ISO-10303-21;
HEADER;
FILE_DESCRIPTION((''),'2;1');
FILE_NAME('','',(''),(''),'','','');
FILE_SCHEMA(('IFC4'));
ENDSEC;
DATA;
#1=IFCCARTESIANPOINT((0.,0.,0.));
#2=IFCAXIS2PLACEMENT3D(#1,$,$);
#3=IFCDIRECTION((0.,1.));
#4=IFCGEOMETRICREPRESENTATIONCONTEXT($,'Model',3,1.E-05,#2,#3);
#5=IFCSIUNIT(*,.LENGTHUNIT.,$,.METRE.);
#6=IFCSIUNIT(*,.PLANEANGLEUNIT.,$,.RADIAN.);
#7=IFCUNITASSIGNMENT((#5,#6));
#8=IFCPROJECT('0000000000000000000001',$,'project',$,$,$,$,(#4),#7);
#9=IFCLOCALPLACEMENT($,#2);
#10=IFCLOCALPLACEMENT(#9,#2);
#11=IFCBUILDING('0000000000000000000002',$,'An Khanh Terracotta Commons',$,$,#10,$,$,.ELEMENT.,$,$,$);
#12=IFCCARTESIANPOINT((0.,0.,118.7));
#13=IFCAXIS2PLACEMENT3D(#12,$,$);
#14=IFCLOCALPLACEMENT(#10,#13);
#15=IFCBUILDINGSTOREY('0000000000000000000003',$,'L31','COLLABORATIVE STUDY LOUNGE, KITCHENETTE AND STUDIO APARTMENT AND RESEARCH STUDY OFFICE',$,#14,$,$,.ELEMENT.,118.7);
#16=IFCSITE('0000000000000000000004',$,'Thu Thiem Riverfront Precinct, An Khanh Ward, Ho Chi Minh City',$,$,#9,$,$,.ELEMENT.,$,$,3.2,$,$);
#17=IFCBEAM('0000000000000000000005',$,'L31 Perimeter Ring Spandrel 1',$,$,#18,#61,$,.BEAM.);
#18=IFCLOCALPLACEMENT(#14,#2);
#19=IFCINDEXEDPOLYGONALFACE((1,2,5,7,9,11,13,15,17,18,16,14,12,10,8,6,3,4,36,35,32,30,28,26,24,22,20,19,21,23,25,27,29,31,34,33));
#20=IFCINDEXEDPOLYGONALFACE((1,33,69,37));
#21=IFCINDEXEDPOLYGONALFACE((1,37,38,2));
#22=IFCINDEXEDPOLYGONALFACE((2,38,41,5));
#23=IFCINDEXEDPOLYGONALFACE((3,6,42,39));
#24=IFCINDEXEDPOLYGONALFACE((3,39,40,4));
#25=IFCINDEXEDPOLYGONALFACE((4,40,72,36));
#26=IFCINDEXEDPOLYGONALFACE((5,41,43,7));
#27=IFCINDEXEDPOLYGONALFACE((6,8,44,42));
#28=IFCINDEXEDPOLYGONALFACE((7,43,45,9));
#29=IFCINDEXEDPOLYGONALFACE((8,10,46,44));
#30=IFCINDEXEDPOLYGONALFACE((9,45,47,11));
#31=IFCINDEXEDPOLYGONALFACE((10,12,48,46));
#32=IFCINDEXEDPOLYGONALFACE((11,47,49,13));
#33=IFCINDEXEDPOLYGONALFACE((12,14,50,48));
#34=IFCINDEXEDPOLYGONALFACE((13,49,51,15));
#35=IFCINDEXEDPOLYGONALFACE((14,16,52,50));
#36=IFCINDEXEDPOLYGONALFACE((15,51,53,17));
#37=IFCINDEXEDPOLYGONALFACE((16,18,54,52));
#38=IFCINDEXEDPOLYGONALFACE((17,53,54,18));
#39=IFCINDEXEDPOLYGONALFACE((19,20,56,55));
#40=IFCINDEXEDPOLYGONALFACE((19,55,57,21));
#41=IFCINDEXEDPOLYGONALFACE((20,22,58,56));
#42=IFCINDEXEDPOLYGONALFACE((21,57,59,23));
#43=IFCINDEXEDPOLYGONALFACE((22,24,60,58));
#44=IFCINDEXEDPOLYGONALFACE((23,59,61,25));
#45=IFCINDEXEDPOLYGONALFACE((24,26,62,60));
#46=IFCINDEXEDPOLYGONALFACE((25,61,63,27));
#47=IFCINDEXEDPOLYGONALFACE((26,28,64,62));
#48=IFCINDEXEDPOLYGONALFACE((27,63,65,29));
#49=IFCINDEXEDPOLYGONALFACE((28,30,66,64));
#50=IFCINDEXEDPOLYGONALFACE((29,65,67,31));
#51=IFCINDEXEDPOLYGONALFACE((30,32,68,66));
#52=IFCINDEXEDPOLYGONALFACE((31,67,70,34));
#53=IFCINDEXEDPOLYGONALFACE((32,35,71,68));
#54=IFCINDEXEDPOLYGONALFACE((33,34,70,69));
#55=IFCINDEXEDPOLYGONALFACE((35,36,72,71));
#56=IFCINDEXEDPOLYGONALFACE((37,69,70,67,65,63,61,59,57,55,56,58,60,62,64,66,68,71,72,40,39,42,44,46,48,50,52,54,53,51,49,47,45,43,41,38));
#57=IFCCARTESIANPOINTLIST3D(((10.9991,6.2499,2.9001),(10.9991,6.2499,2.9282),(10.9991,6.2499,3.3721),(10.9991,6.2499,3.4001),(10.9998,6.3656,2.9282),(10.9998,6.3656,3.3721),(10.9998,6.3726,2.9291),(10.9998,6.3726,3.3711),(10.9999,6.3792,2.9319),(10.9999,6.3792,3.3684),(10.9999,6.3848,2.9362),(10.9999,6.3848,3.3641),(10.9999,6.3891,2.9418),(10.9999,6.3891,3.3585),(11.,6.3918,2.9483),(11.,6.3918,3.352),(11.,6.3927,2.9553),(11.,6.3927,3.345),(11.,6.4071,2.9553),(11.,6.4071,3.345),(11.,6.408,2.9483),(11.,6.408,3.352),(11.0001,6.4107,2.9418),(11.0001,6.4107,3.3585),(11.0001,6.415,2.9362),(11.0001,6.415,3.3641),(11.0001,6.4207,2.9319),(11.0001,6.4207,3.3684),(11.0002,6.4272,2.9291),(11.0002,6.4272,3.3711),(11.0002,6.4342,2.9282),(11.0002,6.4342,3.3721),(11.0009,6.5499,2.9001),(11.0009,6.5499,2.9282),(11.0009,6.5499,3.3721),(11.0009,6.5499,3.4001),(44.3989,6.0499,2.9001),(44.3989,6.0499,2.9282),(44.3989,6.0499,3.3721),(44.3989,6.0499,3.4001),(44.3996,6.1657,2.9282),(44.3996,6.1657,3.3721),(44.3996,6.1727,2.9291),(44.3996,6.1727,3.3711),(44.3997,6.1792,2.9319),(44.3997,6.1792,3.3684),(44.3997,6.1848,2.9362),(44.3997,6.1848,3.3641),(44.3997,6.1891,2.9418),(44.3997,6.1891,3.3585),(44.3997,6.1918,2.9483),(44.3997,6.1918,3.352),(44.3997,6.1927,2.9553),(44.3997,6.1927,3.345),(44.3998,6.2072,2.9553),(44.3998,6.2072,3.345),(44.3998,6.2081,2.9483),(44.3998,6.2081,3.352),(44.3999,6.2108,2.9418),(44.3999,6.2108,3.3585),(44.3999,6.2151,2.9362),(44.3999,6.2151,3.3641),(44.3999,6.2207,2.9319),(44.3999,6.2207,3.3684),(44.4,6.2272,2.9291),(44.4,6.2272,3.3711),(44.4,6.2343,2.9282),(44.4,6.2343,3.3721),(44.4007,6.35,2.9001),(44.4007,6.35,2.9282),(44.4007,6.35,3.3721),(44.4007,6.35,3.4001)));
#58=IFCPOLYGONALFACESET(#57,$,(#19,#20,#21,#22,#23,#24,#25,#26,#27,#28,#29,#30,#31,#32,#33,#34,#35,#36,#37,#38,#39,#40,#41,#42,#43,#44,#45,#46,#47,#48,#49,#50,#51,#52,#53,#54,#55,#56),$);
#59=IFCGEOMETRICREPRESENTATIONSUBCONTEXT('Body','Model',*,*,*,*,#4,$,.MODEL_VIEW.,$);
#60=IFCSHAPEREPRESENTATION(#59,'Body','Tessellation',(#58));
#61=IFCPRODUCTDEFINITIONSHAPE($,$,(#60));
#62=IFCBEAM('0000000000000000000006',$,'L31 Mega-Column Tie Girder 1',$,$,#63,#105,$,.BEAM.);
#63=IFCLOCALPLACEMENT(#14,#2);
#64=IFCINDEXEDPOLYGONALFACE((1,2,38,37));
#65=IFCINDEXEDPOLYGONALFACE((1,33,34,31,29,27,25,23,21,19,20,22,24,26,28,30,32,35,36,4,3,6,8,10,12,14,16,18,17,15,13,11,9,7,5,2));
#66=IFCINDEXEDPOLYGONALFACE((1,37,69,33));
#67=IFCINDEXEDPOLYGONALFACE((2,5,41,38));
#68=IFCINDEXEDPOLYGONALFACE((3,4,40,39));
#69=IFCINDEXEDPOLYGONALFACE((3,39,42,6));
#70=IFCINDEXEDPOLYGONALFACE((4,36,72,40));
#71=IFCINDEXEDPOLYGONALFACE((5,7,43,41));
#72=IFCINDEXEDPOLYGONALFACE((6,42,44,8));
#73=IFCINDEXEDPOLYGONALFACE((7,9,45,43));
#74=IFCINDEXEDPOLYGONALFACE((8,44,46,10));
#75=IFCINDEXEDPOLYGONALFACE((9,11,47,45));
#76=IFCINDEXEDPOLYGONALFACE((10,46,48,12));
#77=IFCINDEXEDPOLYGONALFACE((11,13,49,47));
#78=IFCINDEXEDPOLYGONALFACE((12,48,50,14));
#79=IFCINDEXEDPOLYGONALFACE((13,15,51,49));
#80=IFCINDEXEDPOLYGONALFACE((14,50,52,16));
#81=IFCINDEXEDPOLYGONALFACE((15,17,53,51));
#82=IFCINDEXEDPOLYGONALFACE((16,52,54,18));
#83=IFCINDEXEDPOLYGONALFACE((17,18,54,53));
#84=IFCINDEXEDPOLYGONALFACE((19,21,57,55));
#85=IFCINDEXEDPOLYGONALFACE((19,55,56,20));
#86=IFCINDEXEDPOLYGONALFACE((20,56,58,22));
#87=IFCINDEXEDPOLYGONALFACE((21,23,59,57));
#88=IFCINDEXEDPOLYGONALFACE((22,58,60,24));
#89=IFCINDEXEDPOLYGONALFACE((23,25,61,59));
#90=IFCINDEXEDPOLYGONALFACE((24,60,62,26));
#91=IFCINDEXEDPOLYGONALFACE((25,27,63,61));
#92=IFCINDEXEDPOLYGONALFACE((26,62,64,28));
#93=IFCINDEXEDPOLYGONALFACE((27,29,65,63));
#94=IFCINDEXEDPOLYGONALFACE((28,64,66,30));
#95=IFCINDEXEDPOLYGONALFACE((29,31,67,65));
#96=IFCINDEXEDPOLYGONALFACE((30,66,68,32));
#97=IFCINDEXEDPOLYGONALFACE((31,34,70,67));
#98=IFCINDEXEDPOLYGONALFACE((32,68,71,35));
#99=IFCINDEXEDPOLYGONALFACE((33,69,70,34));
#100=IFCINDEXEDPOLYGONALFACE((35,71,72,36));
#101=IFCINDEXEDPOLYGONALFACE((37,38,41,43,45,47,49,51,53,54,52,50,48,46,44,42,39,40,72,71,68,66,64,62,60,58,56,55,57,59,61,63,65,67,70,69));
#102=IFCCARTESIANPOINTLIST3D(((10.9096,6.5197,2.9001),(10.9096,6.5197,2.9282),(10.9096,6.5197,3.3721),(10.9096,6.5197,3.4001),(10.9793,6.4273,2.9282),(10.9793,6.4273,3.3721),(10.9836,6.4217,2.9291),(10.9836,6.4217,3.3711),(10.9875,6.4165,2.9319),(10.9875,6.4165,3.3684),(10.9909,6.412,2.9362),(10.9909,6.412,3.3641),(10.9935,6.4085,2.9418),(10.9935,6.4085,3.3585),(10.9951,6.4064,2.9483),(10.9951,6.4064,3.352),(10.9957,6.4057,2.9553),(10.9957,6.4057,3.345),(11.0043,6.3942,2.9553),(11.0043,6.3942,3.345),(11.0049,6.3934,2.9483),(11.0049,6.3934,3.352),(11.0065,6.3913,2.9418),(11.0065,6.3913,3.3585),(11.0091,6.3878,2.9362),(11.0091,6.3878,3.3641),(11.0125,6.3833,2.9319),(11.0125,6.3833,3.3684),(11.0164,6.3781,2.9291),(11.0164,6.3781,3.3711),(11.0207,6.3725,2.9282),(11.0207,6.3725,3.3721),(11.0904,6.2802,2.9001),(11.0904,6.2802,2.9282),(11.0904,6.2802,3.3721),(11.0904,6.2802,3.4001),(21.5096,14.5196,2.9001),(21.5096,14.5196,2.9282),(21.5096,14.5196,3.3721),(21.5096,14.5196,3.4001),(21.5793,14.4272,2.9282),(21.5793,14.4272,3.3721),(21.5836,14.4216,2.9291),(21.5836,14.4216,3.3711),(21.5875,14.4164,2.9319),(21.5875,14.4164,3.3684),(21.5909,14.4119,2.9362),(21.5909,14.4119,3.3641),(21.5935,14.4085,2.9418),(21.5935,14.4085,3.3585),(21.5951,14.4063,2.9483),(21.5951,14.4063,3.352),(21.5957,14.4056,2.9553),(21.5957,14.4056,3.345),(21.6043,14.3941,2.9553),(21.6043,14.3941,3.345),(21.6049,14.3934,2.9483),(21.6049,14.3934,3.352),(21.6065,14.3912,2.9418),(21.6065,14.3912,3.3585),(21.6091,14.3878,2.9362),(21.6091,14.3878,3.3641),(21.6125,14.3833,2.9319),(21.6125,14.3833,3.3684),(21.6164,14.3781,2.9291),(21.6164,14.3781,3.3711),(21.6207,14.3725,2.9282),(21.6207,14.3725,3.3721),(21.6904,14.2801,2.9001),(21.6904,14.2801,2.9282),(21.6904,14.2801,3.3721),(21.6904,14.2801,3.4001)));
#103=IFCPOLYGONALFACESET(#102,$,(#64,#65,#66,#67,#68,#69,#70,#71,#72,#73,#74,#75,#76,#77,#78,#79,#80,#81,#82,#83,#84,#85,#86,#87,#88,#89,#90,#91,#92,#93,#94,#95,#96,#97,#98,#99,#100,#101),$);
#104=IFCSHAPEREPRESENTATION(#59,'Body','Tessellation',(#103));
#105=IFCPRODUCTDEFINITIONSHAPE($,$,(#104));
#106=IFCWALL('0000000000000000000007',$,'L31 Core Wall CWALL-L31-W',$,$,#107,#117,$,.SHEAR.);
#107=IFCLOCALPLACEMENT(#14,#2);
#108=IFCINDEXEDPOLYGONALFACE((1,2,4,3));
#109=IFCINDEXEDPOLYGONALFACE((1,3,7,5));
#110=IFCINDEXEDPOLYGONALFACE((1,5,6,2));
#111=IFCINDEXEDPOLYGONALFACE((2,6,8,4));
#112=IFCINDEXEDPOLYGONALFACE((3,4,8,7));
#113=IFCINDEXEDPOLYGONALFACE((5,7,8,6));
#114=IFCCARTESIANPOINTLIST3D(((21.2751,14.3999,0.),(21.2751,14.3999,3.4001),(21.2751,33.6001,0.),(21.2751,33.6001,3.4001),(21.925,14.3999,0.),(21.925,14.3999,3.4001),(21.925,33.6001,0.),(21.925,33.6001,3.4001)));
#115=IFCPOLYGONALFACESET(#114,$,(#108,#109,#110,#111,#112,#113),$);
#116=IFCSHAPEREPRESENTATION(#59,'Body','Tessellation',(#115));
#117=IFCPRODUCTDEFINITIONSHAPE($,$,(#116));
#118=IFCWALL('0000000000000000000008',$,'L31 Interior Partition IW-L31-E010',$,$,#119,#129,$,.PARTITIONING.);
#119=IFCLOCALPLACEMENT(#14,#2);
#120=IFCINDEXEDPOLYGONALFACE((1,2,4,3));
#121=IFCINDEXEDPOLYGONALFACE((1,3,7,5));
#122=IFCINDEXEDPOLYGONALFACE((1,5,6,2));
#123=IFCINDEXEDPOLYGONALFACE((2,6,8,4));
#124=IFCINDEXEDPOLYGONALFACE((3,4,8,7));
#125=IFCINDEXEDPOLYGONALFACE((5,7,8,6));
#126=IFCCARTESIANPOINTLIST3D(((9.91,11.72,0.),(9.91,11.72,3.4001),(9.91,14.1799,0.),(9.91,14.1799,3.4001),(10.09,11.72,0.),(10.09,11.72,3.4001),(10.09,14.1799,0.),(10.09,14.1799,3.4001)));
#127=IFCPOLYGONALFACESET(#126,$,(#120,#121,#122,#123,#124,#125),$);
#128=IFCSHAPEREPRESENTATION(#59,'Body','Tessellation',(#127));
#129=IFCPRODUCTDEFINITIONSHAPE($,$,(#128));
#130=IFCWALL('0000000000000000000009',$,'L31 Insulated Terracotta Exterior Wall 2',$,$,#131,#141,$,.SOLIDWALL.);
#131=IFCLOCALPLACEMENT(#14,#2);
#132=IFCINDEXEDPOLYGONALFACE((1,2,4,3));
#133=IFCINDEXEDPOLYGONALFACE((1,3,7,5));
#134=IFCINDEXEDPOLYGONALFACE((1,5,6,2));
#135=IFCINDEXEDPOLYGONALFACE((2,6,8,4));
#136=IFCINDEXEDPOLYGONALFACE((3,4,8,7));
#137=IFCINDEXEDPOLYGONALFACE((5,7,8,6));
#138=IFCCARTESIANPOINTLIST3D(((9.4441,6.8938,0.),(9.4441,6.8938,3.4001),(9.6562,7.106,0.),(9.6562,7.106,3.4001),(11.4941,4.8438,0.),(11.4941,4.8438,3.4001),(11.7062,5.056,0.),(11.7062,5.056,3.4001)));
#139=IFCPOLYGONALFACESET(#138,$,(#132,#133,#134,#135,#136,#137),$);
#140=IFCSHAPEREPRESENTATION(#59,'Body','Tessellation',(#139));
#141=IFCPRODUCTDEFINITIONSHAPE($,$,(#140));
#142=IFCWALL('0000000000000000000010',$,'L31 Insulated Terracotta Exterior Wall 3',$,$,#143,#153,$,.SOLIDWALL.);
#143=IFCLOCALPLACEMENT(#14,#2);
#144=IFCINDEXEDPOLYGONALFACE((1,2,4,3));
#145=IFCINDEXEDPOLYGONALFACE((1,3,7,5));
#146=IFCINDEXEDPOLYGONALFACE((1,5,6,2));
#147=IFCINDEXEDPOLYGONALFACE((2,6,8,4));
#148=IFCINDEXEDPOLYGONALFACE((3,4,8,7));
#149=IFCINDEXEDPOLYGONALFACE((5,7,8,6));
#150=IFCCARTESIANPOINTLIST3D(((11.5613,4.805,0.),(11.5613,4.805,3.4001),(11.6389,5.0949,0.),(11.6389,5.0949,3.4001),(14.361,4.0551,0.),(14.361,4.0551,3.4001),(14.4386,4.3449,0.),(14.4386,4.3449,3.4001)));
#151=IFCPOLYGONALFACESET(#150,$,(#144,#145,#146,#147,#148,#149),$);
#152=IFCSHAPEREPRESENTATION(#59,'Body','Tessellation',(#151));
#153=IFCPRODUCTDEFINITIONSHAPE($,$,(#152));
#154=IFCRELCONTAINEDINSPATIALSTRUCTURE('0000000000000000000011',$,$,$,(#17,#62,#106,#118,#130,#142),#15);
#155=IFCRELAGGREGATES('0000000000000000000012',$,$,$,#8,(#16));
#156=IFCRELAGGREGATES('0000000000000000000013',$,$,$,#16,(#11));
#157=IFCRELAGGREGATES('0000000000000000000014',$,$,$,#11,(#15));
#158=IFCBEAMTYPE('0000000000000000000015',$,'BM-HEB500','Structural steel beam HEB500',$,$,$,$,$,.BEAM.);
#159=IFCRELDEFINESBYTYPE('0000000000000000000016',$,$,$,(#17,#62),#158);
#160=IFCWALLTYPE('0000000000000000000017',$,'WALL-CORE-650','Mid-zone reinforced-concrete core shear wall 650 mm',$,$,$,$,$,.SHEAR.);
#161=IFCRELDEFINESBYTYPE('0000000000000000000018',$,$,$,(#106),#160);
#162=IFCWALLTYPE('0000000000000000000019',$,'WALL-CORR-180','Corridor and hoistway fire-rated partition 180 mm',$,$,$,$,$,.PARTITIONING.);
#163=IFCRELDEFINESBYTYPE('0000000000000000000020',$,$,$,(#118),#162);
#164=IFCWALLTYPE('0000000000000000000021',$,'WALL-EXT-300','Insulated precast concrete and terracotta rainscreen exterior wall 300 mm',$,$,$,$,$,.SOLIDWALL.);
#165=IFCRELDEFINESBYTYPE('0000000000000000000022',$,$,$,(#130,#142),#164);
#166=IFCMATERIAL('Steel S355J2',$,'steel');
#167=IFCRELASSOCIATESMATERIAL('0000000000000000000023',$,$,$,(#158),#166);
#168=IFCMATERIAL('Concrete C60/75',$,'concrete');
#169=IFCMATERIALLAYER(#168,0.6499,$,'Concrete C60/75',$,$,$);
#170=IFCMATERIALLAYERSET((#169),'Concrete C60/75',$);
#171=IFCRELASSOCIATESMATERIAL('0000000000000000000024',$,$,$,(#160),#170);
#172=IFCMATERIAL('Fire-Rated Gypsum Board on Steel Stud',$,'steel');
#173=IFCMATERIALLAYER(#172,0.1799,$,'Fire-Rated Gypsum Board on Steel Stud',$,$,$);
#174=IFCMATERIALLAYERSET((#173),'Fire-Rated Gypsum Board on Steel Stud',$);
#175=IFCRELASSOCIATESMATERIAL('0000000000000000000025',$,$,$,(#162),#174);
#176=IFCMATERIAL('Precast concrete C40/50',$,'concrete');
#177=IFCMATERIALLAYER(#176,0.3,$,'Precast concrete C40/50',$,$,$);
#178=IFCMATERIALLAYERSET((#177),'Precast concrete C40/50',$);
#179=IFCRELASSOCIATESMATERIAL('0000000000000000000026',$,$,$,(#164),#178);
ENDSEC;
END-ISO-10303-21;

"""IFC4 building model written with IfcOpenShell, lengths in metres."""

from ifc_helpers import new_model, si_unit, direction, frame, frame_2d, origin, origin_2d, place, context, subcontext, project, spatial, rectangle, i_section, extrude, material, layer, layer_set, material_profile, profile_set, type_object, element, save


model = new_model("IFC4")

# Units and contexts
model_context = context("Model", 3, precision=1e-05, world=origin(), true_north=direction((0.0, 1.0)))
body_context = subcontext(model_context, "Body", "Model", "MODEL_VIEW")
ifc_project = project(units=[si_unit("LENGTHUNIT", "METRE"), si_unit("PLANEANGLEUNIT", "RADIAN")], contexts=[model_context])

# Site, building, storey
site_placement = place(None, origin())
site = spatial("IfcSite", under=ifc_project, at=site_placement, Name="Thu Thiem Riverfront Precinct, An Khanh Ward, Ho Chi Minh City", CompositionType="ELEMENT", RefElevation=3.2)
building_placement = place(site_placement, origin())
building = spatial("IfcBuilding", under=site, at=building_placement, Name="An Khanh Terracotta Commons", CompositionType="ELEMENT")
storey_placement = place(building_placement, frame((0.0, 0.0, 118.7)))
storey = spatial("IfcBuildingStorey", under=building, at=storey_placement, Name="L31", Description="COLLABORATIVE STUDY LOUNGE, KITCHENETTE AND STUDIO APARTMENT AND RESEARCH STUDY OFFICE", CompositionType="ELEMENT", Elevation=118.7)

# Beams
ifc_material_1 = material(Name="Steel S355J2", Category="steel")
ifc_material_profile_1 = material_profile(ifc_material_1, i_section(OverallWidth=0.3, OverallDepth=0.5, WebThickness=0.0144, FlangeThickness=0.0281, FilletRadius=0.0271, at=origin_2d()), Name="HEB500")
ifc_profile_set_1 = profile_set([ifc_material_profile_1], Name="Steel S355J2")
beam_type_1 = type_object("IfcBeamType", Name="BM-HEB500", Description="Structural steel beam HEB500", PredefinedType="BEAM", material=ifc_profile_set_1)
beam_1_placement = place(storey_placement, frame((11.0, 6.3999, 3.1501), z_axis=(0.999982, -0.005986, 0.0), x_axis=(0.005986, 0.999982, 0.0)))
element("IfcBeam", 1, at=beam_1_placement, inside=storey, type_object=beam_type_1, Name="L31 Perimeter Ring Spandrel 1", PredefinedType="BEAM", context=body_context, shape_type="SweptSolid", body=[
    extrude(i_section(OverallWidth=0.3, OverallDepth=0.5, WebThickness=0.0144, FlangeThickness=0.0281, FilletRadius=0.0271, at=origin_2d()), origin(), (0.0, 0.0, 1.0), 33.4004),
])
beam_2_placement = place(storey_placement, frame((11.0, 6.3999, 3.1501), z_axis=(0.798192, 0.602403, 0.0), x_axis=(-0.602403, 0.798192, 0.0)))
element("IfcBeam", 2, at=beam_2_placement, inside=storey, type_object=beam_type_1, Name="L31 Mega-Column Tie Girder 1", PredefinedType="BEAM", context=body_context, shape_type="SweptSolid", body=[
    extrude(i_section(OverallWidth=0.3, OverallDepth=0.5, WebThickness=0.0144, FlangeThickness=0.0281, FilletRadius=0.0271, at=origin_2d()), origin(), (0.0, 0.0, 1.0), 13.28),
])

# Walls
ifc_material_2 = material(Name="Concrete C60/75", Category="concrete")
ifc_layer_1 = layer(ifc_material_2, 0.6499, Name="Concrete C60/75")
ifc_layer_set_1 = layer_set([ifc_layer_1], Name="Concrete C60/75")
wall_type_1 = type_object("IfcWallType", Name="WALL-CORE-650", Description="Mid-zone reinforced-concrete core shear wall 650 mm", PredefinedType="SHEAR", material=ifc_layer_set_1)
wall_1_placement = place(storey_placement, frame((21.6001, 14.3999, 0.0), z_axis=(0.0, 0.0, 1.0), x_axis=(0.0, 1.0, 0.0)))
element("IfcWall", 3, at=wall_1_placement, inside=storey, type_object=wall_type_1, Name="L31 Core Wall CWALL-L31-W", PredefinedType="SHEAR", context=body_context, shape_type="SweptSolid", body=[
    extrude(rectangle(XDim=19.2002, YDim=0.6499, at=frame_2d((9.6001, 0.0))), origin(), (0.0, 0.0, 1.0), 3.4001),
])
ifc_material_3 = material(Name="Fire-Rated Gypsum Board on Steel Stud", Category="steel")
ifc_layer_2 = layer(ifc_material_3, 0.1799, Name="Fire-Rated Gypsum Board on Steel Stud")
ifc_layer_set_2 = layer_set([ifc_layer_2], Name="Fire-Rated Gypsum Board on Steel Stud")
wall_type_2 = type_object("IfcWallType", Name="WALL-CORR-180", Description="Corridor and hoistway fire-rated partition 180 mm", PredefinedType="PARTITIONING", material=ifc_layer_set_2)
wall_2_placement = place(storey_placement, frame((10.0, 11.72, 0.0), z_axis=(0.0, 0.0, 1.0), x_axis=(0.0, 1.0, 0.0)))
element("IfcWall", 4, at=wall_2_placement, inside=storey, type_object=wall_type_2, Name="L31 Interior Partition IW-L31-E010", PredefinedType="PARTITIONING", context=body_context, shape_type="SweptSolid", body=[
    extrude(rectangle(XDim=2.46, YDim=0.1799, at=frame_2d((1.23, 0.0))), origin(), (0.0, 0.0, 1.0), 3.4001),
])
ifc_material_4 = material(Name="Precast concrete C40/50", Category="concrete")
ifc_layer_3 = layer(ifc_material_4, 0.3, Name="Precast concrete C40/50")
ifc_layer_set_3 = layer_set([ifc_layer_3], Name="Precast concrete C40/50")
wall_type_3 = type_object("IfcWallType", Name="WALL-EXT-300", Description="Insulated precast concrete and terracotta rainscreen exterior wall 300 mm", PredefinedType="SOLIDWALL", material=ifc_layer_set_3)
wall_3_placement = place(storey_placement, frame((9.55, 7.0, 0.0), z_axis=(0.0, 0.0, 1.0), x_axis=(0.707107, -0.707107, 0.0)))
element("IfcWall", 5, at=wall_3_placement, inside=storey, type_object=wall_type_3, Name="L31 Insulated Terracotta Exterior Wall 2", PredefinedType="SOLIDWALL", context=body_context, shape_type="SweptSolid", body=[
    extrude(rectangle(XDim=2.8992, YDim=0.3, at=frame_2d((1.4497, 0.0))), origin(), (0.0, 0.0, 1.0), 3.4001),
])
wall_4_placement = place(storey_placement, frame((11.6001, 4.95, 0.0), z_axis=(0.0, 0.0, 1.0), x_axis=(0.965944, -0.258753, 0.0)))
element("IfcWall", 6, at=wall_4_placement, inside=storey, type_object=wall_type_3, Name="L31 Insulated Terracotta Exterior Wall 3", PredefinedType="SOLIDWALL", context=body_context, shape_type="SweptSolid", body=[
    extrude(rectangle(XDim=2.8984, YDim=0.3, at=frame_2d((1.4492, 0.0))), origin(), (0.0, 0.0, 1.0), 3.4001),
])

save(model, "model.ifc")
